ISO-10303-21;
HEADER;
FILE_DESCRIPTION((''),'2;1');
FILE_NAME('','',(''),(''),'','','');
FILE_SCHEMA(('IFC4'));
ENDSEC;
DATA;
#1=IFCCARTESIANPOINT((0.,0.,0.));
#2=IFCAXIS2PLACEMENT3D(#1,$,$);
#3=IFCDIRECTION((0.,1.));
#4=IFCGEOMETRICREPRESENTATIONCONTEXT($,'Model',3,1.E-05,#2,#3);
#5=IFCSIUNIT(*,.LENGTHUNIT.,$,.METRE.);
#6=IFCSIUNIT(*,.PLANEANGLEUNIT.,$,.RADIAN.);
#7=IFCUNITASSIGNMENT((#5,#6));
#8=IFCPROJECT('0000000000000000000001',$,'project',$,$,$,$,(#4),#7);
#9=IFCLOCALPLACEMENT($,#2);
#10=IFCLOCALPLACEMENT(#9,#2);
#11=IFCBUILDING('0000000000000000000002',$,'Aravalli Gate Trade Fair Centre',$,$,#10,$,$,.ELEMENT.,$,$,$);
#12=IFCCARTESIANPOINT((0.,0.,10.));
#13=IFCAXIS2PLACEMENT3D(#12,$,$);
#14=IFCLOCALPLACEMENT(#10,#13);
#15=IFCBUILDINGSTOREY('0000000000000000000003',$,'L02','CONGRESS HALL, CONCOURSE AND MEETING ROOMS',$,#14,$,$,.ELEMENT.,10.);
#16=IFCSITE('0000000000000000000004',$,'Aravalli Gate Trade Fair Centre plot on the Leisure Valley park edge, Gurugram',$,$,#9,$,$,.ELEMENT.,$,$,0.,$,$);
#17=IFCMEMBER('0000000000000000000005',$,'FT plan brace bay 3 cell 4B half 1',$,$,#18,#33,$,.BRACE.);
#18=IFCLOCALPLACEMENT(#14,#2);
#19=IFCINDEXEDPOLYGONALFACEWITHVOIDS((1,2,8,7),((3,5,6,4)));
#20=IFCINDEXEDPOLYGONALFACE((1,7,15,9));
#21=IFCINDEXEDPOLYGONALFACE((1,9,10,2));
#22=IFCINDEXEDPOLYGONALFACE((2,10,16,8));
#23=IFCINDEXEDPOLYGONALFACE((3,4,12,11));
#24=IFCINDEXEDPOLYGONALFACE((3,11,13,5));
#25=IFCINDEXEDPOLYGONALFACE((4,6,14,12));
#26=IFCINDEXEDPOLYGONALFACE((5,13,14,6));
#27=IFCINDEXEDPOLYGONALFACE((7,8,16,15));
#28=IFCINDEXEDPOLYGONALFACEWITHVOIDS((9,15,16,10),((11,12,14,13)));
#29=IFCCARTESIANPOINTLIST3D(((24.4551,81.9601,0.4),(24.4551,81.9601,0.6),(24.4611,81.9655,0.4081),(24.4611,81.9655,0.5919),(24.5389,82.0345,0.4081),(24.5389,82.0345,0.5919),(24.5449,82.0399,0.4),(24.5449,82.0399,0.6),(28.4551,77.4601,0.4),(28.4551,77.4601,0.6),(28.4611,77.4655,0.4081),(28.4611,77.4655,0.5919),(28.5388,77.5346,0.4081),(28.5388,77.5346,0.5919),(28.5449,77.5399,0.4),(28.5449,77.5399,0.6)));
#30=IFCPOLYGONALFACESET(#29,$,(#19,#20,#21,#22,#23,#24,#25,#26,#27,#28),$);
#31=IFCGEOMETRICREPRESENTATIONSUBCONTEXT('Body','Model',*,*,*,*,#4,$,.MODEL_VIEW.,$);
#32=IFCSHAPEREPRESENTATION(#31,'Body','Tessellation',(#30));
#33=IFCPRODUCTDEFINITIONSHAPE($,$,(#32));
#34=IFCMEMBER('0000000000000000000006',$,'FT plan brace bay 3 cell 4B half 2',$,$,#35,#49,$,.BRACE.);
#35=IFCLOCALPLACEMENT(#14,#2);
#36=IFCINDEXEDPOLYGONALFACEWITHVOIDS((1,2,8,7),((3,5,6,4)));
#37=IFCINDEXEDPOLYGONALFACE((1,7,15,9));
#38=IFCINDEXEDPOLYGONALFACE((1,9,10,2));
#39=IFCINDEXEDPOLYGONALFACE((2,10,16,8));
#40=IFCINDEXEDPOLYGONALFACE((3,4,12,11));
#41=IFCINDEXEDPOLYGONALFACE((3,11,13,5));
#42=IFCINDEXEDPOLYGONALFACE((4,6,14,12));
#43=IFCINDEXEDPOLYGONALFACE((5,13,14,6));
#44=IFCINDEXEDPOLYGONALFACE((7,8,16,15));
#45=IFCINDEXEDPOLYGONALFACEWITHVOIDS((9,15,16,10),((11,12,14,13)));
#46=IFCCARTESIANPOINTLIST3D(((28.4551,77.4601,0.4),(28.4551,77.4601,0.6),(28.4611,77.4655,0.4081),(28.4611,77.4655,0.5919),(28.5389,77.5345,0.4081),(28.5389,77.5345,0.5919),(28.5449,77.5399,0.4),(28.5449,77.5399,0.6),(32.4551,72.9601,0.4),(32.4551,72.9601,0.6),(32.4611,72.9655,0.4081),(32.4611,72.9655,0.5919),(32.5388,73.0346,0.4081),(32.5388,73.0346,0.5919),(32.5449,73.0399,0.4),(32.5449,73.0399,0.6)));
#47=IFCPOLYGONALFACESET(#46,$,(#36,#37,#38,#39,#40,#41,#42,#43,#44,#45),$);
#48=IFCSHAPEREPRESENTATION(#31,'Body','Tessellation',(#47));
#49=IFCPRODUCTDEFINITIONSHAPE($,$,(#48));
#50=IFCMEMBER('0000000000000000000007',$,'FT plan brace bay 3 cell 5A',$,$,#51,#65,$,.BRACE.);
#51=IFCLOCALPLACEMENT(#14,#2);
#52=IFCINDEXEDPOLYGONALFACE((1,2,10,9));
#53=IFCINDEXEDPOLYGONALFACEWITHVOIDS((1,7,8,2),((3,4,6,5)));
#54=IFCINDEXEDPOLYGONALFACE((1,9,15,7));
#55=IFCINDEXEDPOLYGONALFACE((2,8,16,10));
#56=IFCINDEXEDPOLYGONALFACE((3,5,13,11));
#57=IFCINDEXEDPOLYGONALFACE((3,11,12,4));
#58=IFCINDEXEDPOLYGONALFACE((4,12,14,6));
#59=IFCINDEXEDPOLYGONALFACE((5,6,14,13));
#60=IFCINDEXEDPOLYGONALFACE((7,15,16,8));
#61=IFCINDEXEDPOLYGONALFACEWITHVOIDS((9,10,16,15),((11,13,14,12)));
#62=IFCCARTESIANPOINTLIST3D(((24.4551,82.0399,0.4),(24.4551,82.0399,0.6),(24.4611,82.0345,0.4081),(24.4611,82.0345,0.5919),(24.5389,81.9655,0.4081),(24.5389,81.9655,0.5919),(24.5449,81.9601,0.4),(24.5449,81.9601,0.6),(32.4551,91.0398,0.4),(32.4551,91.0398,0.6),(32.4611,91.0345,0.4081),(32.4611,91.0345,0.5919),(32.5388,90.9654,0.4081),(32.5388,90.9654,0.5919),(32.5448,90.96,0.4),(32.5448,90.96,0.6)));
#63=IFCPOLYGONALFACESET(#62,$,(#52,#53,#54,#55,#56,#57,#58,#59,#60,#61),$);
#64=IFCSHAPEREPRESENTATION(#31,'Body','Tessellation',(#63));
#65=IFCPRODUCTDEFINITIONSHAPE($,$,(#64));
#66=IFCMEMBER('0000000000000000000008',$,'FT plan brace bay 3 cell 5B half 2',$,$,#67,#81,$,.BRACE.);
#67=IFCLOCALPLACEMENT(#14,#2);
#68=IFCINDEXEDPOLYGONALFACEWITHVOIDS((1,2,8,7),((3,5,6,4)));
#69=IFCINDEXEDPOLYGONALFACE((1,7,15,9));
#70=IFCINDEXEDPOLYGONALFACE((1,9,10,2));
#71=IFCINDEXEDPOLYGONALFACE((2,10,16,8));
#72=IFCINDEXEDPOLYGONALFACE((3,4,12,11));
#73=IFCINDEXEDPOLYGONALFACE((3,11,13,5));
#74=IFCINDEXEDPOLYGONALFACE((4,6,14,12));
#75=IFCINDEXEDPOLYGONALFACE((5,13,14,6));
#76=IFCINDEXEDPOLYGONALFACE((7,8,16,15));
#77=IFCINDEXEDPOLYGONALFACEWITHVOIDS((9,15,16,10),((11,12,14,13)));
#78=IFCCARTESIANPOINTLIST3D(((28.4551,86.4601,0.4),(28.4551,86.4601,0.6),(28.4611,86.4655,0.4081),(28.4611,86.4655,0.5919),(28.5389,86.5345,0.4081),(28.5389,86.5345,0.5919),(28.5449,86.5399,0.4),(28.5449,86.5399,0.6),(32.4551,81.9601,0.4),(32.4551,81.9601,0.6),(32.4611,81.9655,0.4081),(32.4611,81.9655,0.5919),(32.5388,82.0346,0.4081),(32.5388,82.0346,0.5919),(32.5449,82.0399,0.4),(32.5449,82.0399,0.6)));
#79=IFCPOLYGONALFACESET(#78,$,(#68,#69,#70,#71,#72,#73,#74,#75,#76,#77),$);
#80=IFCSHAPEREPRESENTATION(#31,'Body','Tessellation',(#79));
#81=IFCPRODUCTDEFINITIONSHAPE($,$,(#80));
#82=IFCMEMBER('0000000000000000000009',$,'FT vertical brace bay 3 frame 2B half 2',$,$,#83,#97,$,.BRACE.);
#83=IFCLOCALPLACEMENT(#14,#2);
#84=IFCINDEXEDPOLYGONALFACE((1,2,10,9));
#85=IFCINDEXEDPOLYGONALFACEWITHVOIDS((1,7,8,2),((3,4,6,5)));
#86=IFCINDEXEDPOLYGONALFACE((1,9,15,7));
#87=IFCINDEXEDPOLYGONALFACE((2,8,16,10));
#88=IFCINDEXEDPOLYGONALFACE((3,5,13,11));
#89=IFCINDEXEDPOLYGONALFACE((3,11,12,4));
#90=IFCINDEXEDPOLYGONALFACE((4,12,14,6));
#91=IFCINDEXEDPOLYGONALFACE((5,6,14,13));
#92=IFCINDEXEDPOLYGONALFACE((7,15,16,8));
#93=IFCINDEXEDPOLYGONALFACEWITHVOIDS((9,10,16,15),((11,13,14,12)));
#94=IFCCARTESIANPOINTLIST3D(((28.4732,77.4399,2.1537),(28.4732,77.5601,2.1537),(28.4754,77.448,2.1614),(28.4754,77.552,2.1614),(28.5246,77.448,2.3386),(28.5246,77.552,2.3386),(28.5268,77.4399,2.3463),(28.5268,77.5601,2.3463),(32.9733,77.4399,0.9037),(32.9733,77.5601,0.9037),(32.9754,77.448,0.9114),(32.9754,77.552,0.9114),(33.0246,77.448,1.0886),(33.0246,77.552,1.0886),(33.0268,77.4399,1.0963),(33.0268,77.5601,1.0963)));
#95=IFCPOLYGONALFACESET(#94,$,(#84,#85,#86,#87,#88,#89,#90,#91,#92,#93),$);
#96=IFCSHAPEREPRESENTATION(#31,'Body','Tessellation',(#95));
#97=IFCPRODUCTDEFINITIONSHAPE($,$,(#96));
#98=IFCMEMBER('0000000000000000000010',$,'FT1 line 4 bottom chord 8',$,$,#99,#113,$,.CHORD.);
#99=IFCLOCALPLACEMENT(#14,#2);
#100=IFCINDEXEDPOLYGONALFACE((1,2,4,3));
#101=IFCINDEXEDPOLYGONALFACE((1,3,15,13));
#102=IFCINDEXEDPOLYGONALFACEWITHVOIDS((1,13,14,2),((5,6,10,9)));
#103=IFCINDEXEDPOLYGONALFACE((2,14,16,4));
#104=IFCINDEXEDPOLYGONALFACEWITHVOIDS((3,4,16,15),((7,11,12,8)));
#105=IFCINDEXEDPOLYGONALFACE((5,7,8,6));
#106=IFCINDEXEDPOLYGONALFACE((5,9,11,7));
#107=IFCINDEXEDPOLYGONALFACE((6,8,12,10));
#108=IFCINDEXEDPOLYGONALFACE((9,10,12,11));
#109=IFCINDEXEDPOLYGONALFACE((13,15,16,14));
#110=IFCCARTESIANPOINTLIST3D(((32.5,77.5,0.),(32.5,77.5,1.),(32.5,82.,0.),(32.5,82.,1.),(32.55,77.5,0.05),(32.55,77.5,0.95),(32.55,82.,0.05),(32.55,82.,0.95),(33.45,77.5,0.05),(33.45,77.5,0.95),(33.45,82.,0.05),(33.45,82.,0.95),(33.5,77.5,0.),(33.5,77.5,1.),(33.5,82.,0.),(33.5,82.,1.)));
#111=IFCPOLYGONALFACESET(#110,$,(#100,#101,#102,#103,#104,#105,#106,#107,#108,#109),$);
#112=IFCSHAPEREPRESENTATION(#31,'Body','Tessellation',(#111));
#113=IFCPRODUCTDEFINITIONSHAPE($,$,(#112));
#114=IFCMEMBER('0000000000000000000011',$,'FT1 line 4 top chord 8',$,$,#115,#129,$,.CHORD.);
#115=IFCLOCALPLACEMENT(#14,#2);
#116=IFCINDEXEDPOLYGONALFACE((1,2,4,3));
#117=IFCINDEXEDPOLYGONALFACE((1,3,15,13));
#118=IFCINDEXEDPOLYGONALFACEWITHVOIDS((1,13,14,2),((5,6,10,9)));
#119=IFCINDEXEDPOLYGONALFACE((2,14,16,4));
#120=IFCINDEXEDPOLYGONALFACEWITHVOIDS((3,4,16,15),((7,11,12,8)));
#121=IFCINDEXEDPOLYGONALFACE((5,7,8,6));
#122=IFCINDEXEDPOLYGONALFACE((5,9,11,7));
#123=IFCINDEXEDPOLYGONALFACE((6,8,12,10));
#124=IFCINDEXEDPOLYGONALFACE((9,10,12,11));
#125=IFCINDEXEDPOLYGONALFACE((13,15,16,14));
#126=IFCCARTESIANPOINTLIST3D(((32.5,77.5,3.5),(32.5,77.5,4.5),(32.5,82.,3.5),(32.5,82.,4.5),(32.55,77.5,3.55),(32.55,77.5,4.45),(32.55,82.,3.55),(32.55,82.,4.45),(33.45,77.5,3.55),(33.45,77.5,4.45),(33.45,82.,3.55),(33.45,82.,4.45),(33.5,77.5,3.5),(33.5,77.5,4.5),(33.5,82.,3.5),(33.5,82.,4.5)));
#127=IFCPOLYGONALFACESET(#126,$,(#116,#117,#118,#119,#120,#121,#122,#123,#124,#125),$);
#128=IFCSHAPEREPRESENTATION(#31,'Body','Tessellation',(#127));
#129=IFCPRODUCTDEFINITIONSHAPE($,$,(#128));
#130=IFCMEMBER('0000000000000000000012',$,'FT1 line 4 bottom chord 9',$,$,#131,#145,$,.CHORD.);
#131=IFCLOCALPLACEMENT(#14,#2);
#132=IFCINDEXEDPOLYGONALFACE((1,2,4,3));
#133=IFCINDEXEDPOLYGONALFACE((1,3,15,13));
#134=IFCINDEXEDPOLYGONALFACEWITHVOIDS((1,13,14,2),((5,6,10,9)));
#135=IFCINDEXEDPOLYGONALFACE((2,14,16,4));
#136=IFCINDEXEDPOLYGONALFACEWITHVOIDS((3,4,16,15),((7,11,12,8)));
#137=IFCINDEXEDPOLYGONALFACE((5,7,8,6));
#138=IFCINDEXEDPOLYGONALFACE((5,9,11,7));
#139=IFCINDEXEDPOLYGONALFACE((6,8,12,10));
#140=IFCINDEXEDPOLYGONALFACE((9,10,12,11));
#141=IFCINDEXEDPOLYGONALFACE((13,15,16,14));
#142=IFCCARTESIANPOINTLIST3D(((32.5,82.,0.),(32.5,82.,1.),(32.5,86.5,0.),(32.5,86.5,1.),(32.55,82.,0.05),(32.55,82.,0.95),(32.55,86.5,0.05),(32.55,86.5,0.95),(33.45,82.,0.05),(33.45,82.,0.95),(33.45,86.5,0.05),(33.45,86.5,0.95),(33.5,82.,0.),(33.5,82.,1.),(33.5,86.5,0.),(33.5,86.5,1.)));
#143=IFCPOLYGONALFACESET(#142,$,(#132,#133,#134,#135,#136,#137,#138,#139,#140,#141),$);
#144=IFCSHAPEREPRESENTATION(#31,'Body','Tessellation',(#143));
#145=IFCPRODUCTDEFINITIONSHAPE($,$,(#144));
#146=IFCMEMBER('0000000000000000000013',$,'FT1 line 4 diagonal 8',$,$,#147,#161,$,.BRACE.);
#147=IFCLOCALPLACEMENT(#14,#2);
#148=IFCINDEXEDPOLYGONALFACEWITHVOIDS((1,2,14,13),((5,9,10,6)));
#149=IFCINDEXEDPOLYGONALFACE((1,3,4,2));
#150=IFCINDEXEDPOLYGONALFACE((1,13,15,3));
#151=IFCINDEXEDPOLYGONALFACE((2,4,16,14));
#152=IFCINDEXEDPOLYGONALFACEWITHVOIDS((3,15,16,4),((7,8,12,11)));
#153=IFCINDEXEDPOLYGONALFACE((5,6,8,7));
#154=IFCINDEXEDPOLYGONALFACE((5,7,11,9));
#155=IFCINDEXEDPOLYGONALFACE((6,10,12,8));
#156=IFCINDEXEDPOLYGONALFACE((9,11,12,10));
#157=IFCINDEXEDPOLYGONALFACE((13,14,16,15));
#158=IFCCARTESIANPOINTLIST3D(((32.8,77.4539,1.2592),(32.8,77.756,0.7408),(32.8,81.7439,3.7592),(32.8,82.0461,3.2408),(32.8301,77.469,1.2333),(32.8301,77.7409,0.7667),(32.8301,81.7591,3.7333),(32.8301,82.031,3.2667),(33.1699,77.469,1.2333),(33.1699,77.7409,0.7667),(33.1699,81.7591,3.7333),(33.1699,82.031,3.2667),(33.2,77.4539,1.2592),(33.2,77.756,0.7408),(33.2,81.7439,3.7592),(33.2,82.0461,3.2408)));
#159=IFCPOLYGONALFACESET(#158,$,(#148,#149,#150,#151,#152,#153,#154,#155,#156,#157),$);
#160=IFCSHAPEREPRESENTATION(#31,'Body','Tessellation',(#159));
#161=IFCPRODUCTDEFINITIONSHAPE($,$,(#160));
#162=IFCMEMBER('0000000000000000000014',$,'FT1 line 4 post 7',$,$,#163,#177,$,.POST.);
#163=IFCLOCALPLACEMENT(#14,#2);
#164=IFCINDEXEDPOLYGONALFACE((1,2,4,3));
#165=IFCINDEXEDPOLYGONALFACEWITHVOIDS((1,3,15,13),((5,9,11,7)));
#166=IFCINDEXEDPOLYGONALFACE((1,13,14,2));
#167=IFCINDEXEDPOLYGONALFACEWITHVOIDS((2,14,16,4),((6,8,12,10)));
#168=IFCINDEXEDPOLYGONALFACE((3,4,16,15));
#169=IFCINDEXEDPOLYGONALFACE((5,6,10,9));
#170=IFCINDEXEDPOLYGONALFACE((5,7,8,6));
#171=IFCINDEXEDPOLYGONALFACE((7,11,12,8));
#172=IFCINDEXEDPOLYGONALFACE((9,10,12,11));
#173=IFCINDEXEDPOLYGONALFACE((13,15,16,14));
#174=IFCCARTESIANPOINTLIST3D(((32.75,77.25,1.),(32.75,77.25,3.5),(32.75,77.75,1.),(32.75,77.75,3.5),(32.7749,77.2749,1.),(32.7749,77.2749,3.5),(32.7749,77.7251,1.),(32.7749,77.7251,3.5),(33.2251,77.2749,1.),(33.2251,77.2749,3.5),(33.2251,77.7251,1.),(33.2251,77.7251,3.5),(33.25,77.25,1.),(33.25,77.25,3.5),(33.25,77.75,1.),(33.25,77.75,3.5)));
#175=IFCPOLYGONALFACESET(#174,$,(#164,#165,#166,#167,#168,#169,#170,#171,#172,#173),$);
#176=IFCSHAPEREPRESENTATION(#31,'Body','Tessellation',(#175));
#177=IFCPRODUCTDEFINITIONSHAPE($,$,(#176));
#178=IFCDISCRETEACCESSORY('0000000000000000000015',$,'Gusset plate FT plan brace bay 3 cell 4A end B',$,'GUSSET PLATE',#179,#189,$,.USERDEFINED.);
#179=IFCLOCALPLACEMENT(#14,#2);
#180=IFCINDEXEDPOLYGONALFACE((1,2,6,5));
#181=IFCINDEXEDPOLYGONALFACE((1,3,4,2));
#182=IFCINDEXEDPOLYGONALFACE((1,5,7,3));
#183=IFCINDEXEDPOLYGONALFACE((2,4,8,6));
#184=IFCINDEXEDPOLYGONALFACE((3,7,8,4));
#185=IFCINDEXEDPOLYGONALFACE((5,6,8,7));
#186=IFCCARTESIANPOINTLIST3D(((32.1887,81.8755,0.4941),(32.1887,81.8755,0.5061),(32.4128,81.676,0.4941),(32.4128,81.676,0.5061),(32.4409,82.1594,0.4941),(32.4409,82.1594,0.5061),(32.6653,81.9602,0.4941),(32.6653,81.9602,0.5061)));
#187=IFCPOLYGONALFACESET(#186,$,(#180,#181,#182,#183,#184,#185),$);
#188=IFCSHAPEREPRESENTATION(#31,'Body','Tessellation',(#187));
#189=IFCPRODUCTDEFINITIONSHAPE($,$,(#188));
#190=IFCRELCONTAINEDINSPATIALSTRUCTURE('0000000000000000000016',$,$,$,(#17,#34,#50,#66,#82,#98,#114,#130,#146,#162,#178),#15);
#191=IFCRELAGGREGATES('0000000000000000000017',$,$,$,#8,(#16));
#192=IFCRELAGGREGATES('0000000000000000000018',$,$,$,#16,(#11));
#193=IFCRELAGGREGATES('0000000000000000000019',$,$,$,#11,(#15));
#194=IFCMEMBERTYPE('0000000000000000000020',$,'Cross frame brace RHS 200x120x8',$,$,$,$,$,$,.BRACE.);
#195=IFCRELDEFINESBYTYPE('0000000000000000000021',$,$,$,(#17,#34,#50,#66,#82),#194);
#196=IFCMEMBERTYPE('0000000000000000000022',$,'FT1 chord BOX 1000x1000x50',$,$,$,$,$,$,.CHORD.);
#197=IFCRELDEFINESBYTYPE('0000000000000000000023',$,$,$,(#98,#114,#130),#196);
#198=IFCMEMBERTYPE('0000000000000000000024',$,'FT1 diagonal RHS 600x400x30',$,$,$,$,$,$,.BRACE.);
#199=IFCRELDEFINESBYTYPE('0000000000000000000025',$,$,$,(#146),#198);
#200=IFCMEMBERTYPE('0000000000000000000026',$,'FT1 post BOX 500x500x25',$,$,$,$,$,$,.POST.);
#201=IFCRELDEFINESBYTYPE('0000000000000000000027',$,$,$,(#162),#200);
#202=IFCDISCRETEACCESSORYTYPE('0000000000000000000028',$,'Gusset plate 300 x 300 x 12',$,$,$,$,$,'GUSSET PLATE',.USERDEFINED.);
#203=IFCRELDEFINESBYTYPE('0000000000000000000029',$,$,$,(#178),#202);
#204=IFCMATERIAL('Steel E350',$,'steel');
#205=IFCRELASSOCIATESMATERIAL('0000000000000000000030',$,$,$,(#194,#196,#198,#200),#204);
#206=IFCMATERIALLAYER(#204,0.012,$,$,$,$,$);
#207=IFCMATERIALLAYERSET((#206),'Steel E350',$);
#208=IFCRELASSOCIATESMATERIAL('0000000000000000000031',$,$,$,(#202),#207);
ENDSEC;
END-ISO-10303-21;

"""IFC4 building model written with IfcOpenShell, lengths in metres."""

from ifc_helpers import new_model, si_unit, direction, frame, origin, origin_2d, place, context, subcontext, project, spatial, polyline, hollow_rectangle, outline, extrude, material, layer, layer_set, material_profile, profile_set, type_object, element, save


model = new_model("IFC4")

# Units and contexts
model_context = context("Model", 3, precision=1e-05, world=origin(), true_north=direction((0.0, 1.0)))
body_context = subcontext(model_context, "Body", "Model", "MODEL_VIEW")
ifc_project = project(units=[si_unit("LENGTHUNIT", "METRE"), si_unit("PLANEANGLEUNIT", "RADIAN")], contexts=[model_context])

# Site, building, storey
site_placement = place(None, origin())
site = spatial("IfcSite", under=ifc_project, at=site_placement, Name="Aravalli Gate Trade Fair Centre plot on the Leisure Valley park edge, Gurugram", CompositionType="ELEMENT", RefElevation=0.0)
building_placement = place(site_placement, origin())
building = spatial("IfcBuilding", under=site, at=building_placement, Name="Aravalli Gate Trade Fair Centre", CompositionType="ELEMENT")
storey_placement = place(building_placement, frame((0.0, 0.0, 10.0)))
storey = spatial("IfcBuildingStorey", under=building, at=storey_placement, Name="L02", Description="CONGRESS HALL, CONCOURSE AND MEETING ROOMS", CompositionType="ELEMENT", Elevation=10.0)

# Members
ifc_material = material(Name="Steel E350", Category="steel")
ifc_material_profile_1 = material_profile(ifc_material, hollow_rectangle(XDim=0.1201, YDim=0.2, WallThickness=0.0081, at=origin_2d()), Name="RHS 200x120x8")
ifc_profile_set_1 = profile_set([ifc_material_profile_1], Name="Steel E350")
member_type_1 = type_object("IfcMemberType", Name="Cross frame brace RHS 200x120x8", PredefinedType="BRACE", material=ifc_profile_set_1)
for number, where, z_axis, x_axis, name in (
    (1, (24.5, 82.0, 0.5), (0.664364, -0.747409, 0.0), (0.747409, 0.664364, 0.0), "FT plan brace bay 3 cell 4B half 1"),
    (2, (28.5, 77.5, 0.5), (0.664364, -0.747409, 0.0), (0.747409, 0.664364, 0.0), "FT plan brace bay 3 cell 4B half 2"),
):
    element("IfcMember", number, at=place(storey_placement, frame(where, z_axis=z_axis, x_axis=x_axis)), inside=storey, type_object=member_type_1, Name=name, PredefinedType="BRACE", context=body_context, shape_type="SweptSolid", body=[
        extrude(hollow_rectangle(XDim=0.1201, YDim=0.2, WallThickness=0.0081, at=origin_2d()), origin(), (0.0, 0.0, 1.0), 6.0208),
    ])
member_1_placement = place(storey_placement, frame((24.5, 82.0, 0.5), z_axis=(0.664364, 0.747409, 0.0), x_axis=(-0.747409, 0.664364, 0.0)))
element("IfcMember", 3, at=member_1_placement, inside=storey, type_object=member_type_1, Name="FT plan brace bay 3 cell 5A", PredefinedType="BRACE", context=body_context, shape_type="SweptSolid", body=[
    extrude(hollow_rectangle(XDim=0.1201, YDim=0.2, WallThickness=0.0081, at=origin_2d()), origin(), (0.0, 0.0, 1.0), 12.0415),
])
member_2_placement = place(storey_placement, frame((28.5, 86.5, 0.5), z_axis=(0.664364, -0.747409, 0.0), x_axis=(0.747409, 0.664364, 0.0)))
element("IfcMember", 4, at=member_2_placement, inside=storey, type_object=member_type_1, Name="FT plan brace bay 3 cell 5B half 2", PredefinedType="BRACE", context=body_context, shape_type="SweptSolid", body=[
    extrude(hollow_rectangle(XDim=0.1201, YDim=0.2, WallThickness=0.0081, at=origin_2d()), origin(), (0.0, 0.0, 1.0), 6.0208),
])
member_3_placement = place(storey_placement, frame((28.5, 77.5, 2.25), z_axis=(0.963518, 0.0, -0.267644), x_axis=(0.0, 1.0, 0.0)))
element("IfcMember", 5, at=member_3_placement, inside=storey, type_object=member_type_1, Name="FT vertical brace bay 3 frame 2B half 2", PredefinedType="BRACE", context=body_context, shape_type="SweptSolid", body=[
    extrude(hollow_rectangle(XDim=0.1201, YDim=0.2, WallThickness=0.0081, at=origin_2d()), origin(), (0.0, 0.0, 1.0), 4.6704),
])
ifc_material_profile_2 = material_profile(ifc_material, hollow_rectangle(XDim=1.0, YDim=1.0, WallThickness=0.05, at=origin_2d()), Name="BOX 1000x1000x50")
ifc_profile_set_2 = profile_set([ifc_material_profile_2], Name="Steel E350")
member_type_2 = type_object("IfcMemberType", Name="FT1 chord BOX 1000x1000x50", PredefinedType="CHORD", material=ifc_profile_set_2)
for number, where, z_axis, x_axis, name in (
    (6, (33.0, 77.5, 0.5), (0.0, 1.0, 0.0), (-1.0, 0.0, 0.0), "FT1 line 4 bottom chord 8"),
    (7, (33.0, 77.5, 4.0), (0.0, 1.0, 0.0), (-1.0, 0.0, 0.0), "FT1 line 4 top chord 8"),
    (8, (33.0, 82.0, 0.5), (0.0, 1.0, 0.0), (-1.0, 0.0, 0.0), "FT1 line 4 bottom chord 9"),
):
    element("IfcMember", number, at=place(storey_placement, frame(where, z_axis=z_axis, x_axis=x_axis)), inside=storey, type_object=member_type_2, Name=name, PredefinedType="CHORD", context=body_context, shape_type="SweptSolid", body=[
        extrude(hollow_rectangle(XDim=1.0, YDim=1.0, WallThickness=0.05, at=origin_2d()), origin(), (0.0, 0.0, 1.0), 4.5),
    ])
ifc_material_profile_3 = material_profile(ifc_material, hollow_rectangle(XDim=0.3999, YDim=0.6001, WallThickness=0.03, at=origin_2d()), Name="RHS 600x400x30")
ifc_profile_set_3 = profile_set([ifc_material_profile_3], Name="Steel E350")
member_type_3 = type_object("IfcMemberType", Name="FT1 diagonal RHS 600x400x30", PredefinedType="BRACE", material=ifc_profile_set_3)
member_4_placement = place(storey_placement, frame((33.0, 81.895, 3.5), z_axis=(0.0, -0.864, -0.503492), x_axis=(1.0, 0.0, 0.0)))
element("IfcMember", 9, at=member_4_placement, inside=storey, type_object=member_type_3, Name="FT1 line 4 diagonal 8", PredefinedType="BRACE", context=body_context, shape_type="SweptSolid", body=[
    extrude(hollow_rectangle(XDim=0.3999, YDim=0.6001, WallThickness=0.03, at=origin_2d()), origin(), (0.0, 0.0, 1.0), 4.9653),
])
ifc_material_profile_4 = material_profile(ifc_material, hollow_rectangle(XDim=0.5, YDim=0.5, WallThickness=0.0249, at=origin_2d()), Name="BOX 500x500x25")
ifc_profile_set_4 = profile_set([ifc_material_profile_4], Name="Steel E350")
member_type_4 = type_object("IfcMemberType", Name="FT1 post BOX 500x500x25", PredefinedType="POST", material=ifc_profile_set_4)
member_5_placement = place(storey_placement, frame((33.0, 77.5, 1.0), z_axis=(0.0, 0.0, 1.0), x_axis=(1.0, 0.0, 0.0)))
element("IfcMember", 10, at=member_5_placement, inside=storey, type_object=member_type_4, Name="FT1 line 4 post 7", PredefinedType="POST", context=body_context, shape_type="SweptSolid", body=[
    extrude(hollow_rectangle(XDim=0.5, YDim=0.5, WallThickness=0.0249, at=origin_2d()), origin(), (0.0, 0.0, 1.0), 2.5),
])

# Discrete accessory
ifc_layer_1 = layer(ifc_material, 0.012)
ifc_layer_set_1 = layer_set([ifc_layer_1], Name="Steel E350")
discrete_accessory_type_1 = type_object("IfcDiscreteAccessoryType", Name="Gusset plate 300 x 300 x 12", ElementType="GUSSET PLATE", PredefinedType="USERDEFINED", material=ifc_layer_set_1)
discrete_accessory_1_placement = place(storey_placement, frame((32.4128, 81.676, 0.5061), z_axis=(0.0, 0.0, 1.0), x_axis=(0.664125, 0.747622, 0.0)))
element("IfcDiscreteAccessory", 11, at=discrete_accessory_1_placement, inside=storey, type_object=discrete_accessory_type_1, Name="Gusset plate FT plan brace bay 3 cell 4A end B", ObjectType="GUSSET PLATE", PredefinedType="USERDEFINED", context=body_context, shape_type="SweptSolid", body=[
    extrude(outline(polyline([(0.0, 0.0), (0.3801, 0.0), (0.38, 0.3), (0.0003, 0.3), (0.0, 0.0)])), origin(), (0.0, 0.0, -1.0), 0.012),
])

save(model, "model.ifc")
